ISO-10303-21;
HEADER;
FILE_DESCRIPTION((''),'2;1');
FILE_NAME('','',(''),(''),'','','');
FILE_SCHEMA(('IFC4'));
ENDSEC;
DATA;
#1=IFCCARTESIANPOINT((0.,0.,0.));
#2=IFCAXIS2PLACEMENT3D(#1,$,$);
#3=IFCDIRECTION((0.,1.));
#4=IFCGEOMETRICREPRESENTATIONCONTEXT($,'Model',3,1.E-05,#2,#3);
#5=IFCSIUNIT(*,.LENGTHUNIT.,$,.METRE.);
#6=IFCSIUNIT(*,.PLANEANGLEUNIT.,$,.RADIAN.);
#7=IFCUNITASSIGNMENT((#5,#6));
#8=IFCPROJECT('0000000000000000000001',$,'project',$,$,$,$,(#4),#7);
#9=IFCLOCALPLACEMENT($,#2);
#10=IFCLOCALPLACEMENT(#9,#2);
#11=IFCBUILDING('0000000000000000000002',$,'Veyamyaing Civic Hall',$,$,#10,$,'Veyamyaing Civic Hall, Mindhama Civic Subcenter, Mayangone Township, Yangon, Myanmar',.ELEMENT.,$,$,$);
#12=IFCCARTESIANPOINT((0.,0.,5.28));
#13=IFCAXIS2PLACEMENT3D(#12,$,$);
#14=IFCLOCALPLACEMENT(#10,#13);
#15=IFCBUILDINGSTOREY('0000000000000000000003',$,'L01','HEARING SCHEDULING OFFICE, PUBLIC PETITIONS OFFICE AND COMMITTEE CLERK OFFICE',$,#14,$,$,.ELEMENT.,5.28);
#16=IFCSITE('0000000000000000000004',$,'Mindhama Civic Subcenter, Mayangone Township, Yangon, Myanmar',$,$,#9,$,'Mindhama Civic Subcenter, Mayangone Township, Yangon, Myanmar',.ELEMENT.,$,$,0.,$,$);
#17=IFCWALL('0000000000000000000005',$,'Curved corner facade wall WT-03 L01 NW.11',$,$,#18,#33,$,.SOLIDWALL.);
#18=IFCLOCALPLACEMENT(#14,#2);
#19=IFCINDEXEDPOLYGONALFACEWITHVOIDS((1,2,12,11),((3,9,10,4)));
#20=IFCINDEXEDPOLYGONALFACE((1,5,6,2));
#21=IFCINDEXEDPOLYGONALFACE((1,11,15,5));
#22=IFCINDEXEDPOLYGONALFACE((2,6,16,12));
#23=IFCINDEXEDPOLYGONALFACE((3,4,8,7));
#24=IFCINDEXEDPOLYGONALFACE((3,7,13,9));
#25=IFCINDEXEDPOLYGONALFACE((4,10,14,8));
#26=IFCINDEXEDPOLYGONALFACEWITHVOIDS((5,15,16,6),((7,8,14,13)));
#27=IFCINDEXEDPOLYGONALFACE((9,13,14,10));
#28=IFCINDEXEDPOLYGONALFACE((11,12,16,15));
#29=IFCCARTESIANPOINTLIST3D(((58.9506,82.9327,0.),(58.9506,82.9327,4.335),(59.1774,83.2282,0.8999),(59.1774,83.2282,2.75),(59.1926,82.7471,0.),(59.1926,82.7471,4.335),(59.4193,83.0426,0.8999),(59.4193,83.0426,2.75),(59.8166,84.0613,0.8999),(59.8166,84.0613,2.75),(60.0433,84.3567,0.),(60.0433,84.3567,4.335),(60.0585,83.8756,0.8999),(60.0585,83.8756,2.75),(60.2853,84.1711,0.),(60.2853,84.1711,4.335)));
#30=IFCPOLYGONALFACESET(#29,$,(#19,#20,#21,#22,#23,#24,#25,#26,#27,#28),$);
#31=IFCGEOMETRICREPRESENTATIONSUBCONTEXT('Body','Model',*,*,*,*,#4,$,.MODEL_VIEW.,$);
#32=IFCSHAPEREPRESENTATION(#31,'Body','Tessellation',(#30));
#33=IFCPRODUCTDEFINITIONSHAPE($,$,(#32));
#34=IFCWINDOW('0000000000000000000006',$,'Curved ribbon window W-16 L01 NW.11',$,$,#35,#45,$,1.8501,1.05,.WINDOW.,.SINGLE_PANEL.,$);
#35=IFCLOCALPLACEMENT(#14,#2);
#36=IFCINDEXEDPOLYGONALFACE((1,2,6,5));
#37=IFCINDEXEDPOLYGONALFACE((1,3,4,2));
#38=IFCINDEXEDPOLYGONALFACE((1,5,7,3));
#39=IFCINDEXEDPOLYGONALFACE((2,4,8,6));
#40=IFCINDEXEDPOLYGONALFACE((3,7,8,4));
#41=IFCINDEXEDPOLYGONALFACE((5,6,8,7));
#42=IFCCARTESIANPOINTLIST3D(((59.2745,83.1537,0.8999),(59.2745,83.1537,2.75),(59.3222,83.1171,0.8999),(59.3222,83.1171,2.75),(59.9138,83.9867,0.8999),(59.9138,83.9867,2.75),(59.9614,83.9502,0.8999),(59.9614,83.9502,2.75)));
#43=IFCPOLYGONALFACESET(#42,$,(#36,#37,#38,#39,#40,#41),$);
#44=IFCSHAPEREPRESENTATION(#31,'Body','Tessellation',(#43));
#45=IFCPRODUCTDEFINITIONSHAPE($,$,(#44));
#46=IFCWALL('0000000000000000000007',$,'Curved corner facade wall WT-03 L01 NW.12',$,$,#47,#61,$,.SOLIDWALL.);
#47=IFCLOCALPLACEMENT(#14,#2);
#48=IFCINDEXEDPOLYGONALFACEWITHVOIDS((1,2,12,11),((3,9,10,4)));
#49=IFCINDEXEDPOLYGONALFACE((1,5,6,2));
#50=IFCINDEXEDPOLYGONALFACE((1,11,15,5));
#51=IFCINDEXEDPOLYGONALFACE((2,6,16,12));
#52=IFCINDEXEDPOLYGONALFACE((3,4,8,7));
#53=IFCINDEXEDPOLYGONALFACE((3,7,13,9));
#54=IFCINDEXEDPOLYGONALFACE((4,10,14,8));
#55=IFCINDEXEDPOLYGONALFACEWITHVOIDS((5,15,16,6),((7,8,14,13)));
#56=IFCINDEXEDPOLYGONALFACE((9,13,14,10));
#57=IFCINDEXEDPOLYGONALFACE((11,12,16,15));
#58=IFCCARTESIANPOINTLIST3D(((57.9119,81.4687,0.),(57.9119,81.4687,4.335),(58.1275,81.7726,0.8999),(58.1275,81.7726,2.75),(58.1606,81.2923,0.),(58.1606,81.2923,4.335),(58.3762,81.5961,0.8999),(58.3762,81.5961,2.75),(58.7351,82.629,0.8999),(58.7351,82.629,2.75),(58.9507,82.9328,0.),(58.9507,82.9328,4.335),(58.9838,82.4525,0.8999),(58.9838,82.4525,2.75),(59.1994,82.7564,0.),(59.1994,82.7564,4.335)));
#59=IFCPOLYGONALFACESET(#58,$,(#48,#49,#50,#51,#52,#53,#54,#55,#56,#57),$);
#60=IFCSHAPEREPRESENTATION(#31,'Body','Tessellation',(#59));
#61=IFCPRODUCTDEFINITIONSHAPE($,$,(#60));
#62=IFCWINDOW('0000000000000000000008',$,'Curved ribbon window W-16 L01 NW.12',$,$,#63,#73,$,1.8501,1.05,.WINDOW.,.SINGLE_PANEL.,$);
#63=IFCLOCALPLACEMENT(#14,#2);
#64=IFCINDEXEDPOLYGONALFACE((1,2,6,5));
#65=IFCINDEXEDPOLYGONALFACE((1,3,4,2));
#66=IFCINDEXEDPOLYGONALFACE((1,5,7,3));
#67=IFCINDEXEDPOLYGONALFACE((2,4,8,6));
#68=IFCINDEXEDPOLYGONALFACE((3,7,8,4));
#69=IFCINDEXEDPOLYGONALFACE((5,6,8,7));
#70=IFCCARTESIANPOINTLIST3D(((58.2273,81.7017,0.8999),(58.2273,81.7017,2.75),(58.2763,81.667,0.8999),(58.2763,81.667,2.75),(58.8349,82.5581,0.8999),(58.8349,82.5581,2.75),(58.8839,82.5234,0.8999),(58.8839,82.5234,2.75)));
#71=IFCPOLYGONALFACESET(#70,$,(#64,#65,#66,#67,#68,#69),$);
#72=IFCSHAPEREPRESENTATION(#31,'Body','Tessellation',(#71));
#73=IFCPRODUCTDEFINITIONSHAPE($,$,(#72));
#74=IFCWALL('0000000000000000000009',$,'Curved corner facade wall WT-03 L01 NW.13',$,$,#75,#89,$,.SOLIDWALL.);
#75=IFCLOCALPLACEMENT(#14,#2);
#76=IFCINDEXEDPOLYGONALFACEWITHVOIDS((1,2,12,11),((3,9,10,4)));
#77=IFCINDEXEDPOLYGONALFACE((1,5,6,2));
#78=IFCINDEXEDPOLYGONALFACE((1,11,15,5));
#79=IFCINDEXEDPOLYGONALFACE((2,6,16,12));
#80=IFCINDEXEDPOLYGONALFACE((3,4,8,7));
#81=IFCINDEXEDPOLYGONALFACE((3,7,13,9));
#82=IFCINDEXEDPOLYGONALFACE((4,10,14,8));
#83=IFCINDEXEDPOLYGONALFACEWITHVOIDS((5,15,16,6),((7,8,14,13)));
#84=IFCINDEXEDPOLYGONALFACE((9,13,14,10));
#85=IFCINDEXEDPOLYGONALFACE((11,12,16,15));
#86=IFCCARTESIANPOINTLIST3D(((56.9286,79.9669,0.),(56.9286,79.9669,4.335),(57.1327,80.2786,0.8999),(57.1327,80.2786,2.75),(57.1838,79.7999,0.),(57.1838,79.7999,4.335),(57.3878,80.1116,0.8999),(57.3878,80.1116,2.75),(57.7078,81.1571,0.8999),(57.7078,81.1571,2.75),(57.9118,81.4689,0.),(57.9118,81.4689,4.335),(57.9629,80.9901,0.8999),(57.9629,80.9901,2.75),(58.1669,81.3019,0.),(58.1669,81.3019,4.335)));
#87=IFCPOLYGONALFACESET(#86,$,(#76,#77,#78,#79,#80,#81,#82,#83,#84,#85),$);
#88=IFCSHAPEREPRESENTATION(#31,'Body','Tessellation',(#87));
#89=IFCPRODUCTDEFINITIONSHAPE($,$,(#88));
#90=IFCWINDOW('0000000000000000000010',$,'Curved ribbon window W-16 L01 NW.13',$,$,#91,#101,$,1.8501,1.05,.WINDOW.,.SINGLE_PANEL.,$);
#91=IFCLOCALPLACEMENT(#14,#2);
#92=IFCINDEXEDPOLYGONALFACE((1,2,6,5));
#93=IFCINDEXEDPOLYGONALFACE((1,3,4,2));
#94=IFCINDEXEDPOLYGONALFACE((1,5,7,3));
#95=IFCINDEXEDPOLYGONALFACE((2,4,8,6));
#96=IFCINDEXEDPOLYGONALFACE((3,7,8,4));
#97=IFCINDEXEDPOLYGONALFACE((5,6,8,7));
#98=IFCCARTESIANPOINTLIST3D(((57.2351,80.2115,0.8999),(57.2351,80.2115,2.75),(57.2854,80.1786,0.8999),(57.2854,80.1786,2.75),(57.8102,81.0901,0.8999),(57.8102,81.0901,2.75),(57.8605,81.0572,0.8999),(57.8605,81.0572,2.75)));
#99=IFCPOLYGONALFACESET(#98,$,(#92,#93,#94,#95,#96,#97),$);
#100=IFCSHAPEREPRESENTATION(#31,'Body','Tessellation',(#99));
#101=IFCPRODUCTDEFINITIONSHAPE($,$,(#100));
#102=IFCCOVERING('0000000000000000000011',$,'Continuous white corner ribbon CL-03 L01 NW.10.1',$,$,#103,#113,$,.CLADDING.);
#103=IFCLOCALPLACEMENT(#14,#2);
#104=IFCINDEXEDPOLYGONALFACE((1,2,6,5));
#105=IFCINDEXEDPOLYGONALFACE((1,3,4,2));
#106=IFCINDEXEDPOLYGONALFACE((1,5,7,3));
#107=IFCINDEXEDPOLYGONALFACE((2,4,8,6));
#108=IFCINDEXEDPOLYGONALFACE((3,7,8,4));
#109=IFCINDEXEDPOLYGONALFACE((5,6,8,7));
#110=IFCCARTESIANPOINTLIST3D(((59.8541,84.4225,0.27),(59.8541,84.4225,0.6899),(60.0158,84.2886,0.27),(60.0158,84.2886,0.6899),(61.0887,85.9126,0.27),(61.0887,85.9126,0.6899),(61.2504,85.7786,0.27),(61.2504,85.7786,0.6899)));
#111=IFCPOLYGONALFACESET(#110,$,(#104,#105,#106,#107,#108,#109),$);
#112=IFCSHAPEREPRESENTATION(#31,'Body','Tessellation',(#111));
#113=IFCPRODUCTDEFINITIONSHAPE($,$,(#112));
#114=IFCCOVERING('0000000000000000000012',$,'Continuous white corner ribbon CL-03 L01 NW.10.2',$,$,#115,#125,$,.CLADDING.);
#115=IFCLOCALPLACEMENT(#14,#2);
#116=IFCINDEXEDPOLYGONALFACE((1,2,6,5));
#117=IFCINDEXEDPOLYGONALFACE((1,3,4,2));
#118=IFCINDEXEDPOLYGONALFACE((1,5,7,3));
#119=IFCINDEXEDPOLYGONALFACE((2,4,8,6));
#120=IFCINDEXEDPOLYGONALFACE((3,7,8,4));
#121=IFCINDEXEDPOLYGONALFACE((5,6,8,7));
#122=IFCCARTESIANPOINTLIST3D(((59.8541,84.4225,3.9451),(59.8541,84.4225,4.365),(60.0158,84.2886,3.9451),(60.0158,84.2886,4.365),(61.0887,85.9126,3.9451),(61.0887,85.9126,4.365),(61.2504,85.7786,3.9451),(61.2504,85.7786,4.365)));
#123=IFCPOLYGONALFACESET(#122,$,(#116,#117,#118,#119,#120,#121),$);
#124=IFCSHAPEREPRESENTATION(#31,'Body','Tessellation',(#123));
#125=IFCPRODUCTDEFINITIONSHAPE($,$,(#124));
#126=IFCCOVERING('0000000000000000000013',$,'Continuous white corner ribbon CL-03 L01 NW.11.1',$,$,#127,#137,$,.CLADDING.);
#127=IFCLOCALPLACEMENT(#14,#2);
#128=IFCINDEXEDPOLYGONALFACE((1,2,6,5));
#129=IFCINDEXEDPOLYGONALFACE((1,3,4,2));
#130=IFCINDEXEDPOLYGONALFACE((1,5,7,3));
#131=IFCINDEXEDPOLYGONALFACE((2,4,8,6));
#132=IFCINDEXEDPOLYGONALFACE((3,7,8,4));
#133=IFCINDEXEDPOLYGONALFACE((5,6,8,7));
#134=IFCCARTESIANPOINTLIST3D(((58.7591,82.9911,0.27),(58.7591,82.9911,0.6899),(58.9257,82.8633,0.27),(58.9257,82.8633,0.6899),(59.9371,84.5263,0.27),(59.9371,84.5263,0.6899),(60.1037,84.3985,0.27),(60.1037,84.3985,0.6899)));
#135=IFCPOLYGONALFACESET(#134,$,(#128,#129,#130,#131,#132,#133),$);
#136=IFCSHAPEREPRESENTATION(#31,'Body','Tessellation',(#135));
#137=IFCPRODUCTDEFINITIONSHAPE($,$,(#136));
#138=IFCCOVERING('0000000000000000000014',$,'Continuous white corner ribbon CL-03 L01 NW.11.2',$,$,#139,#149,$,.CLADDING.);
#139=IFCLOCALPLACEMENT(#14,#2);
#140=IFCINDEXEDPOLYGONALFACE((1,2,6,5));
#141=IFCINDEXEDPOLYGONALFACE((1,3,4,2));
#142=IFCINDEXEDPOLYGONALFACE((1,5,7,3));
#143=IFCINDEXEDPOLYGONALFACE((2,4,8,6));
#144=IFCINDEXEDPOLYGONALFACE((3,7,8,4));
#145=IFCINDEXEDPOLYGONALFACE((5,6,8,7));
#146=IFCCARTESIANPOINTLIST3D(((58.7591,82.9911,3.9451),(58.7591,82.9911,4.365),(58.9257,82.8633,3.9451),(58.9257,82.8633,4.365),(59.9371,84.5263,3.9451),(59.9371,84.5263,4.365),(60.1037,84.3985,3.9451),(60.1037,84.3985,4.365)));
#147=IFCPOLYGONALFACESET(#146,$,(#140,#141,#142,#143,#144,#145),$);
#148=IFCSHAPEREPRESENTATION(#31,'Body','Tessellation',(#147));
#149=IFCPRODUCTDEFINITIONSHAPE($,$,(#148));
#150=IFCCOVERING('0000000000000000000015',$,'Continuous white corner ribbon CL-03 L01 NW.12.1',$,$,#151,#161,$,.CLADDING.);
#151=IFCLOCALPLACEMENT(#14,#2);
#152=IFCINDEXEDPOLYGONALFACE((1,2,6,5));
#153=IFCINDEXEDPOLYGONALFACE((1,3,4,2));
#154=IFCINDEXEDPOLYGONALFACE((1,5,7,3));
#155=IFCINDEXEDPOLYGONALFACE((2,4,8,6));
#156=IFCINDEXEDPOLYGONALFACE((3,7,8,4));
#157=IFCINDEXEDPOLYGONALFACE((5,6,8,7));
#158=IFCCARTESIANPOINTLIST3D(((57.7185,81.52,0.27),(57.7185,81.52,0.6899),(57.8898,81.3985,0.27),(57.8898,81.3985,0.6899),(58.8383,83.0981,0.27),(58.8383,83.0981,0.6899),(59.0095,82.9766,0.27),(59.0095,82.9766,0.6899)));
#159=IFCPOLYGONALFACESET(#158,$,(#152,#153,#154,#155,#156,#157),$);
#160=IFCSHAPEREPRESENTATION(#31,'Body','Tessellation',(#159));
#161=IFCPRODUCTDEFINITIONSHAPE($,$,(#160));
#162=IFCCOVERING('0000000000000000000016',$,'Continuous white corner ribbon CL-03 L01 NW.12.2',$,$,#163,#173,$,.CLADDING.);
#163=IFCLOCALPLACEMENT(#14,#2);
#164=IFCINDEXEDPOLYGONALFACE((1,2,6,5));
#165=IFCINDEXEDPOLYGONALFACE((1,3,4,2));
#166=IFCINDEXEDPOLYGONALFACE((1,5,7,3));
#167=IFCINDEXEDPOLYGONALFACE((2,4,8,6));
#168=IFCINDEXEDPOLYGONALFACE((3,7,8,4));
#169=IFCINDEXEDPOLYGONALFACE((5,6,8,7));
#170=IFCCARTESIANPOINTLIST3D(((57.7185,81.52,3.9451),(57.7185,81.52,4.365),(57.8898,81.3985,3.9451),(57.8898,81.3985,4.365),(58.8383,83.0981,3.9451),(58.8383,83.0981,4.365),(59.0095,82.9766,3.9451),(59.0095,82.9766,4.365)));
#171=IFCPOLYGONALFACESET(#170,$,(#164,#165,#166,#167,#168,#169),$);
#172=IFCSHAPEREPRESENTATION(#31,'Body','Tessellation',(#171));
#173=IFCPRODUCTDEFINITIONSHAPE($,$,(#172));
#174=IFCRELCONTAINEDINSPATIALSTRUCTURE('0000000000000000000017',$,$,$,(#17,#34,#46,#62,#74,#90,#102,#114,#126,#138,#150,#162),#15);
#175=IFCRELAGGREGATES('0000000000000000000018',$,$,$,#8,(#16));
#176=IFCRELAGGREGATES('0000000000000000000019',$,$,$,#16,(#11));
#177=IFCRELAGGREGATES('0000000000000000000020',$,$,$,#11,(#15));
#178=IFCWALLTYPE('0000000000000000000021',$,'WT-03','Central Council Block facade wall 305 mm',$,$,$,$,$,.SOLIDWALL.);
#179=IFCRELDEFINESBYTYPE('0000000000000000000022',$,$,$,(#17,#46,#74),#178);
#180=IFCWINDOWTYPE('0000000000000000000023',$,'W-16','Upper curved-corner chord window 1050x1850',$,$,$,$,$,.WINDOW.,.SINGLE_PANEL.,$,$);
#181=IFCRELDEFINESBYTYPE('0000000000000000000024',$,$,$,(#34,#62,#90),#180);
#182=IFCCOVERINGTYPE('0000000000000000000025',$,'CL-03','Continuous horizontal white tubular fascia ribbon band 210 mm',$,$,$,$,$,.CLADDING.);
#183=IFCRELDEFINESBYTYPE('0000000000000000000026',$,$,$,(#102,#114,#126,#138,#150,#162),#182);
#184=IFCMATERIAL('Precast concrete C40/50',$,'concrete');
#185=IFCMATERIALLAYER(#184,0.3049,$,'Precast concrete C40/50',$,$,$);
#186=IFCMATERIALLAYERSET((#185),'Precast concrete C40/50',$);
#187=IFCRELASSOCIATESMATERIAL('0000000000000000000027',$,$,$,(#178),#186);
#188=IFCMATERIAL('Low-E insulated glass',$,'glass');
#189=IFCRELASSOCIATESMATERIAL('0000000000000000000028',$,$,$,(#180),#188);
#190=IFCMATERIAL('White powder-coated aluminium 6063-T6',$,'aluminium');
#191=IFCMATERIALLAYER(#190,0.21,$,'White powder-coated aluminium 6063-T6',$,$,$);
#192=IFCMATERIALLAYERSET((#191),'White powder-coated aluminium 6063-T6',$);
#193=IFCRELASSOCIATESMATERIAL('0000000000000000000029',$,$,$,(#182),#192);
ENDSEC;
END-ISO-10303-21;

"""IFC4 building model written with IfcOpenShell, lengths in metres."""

from ifc_helpers import new_model, si_unit, direction, frame, frame_2d, origin, origin_2d, place, context, subcontext, project, spatial, rectangle, extrude, material, layer, layer_set, type_object, element, fill, save


model = new_model("IFC4")

# Units and contexts
model_context = context("Model", 3, precision=1e-05, world=origin(), true_north=direction((0.0, 1.0)))
body_context = subcontext(model_context, "Body", "Model", "MODEL_VIEW")
ifc_project = project(units=[si_unit("LENGTHUNIT", "METRE"), si_unit("PLANEANGLEUNIT", "RADIAN")], contexts=[model_context])

# Site, building, storey
site_placement = place(None, origin())
site = spatial("IfcSite", under=ifc_project, at=site_placement, Name="Mindhama Civic Subcenter, Mayangone Township, Yangon, Myanmar", LongName="Mindhama Civic Subcenter, Mayangone Township, Yangon, Myanmar", CompositionType="ELEMENT", RefElevation=0.0)
building_placement = place(site_placement, origin())
building = spatial("IfcBuilding", under=site, at=building_placement, Name="Veyamyaing Civic Hall", LongName="Veyamyaing Civic Hall, Mindhama Civic Subcenter, Mayangone Township, Yangon, Myanmar", CompositionType="ELEMENT")
storey_placement = place(building_placement, frame((0.0, 0.0, 5.28)))
storey = spatial("IfcBuildingStorey", under=building, at=storey_placement, Name="L01", Description="HEARING SCHEDULING OFFICE, PUBLIC PETITIONS OFFICE AND COMMITTEE CLERK OFFICE", CompositionType="ELEMENT", Elevation=5.28)

# Walls, openings, windows
ifc_material_1 = material(Name="Precast concrete C40/50", Category="concrete")
ifc_layer_1 = layer(ifc_material_1, 0.3049, Name="Precast concrete C40/50")
ifc_layer_set_1 = layer_set([ifc_layer_1], Name="Precast concrete C40/50")
wall_type = type_object("IfcWallType", Name="WT-03", Description="Central Council Block facade wall 305 mm", PredefinedType="SOLIDWALL", material=ifc_layer_set_1)
wall_1_placement = place(storey_placement, frame((60.1643, 84.2639, 0.0), z_axis=(0.0, 0.0, 1.0), x_axis=(-0.608777, -0.793341, 0.0)))
wall_1 = element("IfcWall", 1, at=wall_1_placement, inside=storey, type_object=wall_type, Name="Curved corner facade wall WT-03 L01 NW.11", PredefinedType="SOLIDWALL", context=body_context, shape_type="SweptSolid", body=[
    extrude(rectangle(XDim=1.7949, YDim=0.3049, at=frame_2d((0.8975, 0.0))), origin(), (0.0, 0.0, 1.0), 4.335),
])
opening_1_placement = place(wall_1_placement, frame((0.3726, 0.0, 0.8999)))
opening_1 = element("IfcOpeningElement", 2, at=opening_1_placement, cuts=wall_1, PredefinedType="OPENING", context=body_context, shape_type="SweptSolid", body=[
    extrude(rectangle(XDim=1.05, YDim=1.8501, at=frame_2d((0.5249, 0.925))), frame((0.0, 0.1624, 0.0), z_axis=(0.0, -1.0, 0.0), x_axis=(1.0, 0.0, 0.0)), (0.0, 0.0, 1.0), 0.325),
])
ifc_material_2 = material(Name="Low-E insulated glass", Category="glass")
window_type = type_object("IfcWindowType", Name="W-16", Description="Upper curved-corner chord window 1050x1850", PartitioningType="SINGLE_PANEL", PredefinedType="WINDOW", material=ifc_material_2)
window_1_placement = place(opening_1_placement, origin())
window_1 = element("IfcWindow", 3, at=window_1_placement, inside=storey, type_object=window_type, Name="Curved ribbon window W-16 L01 NW.11", OverallHeight=1.8501, OverallWidth=1.05, PartitioningType="SINGLE_PANEL", PredefinedType="WINDOW", context=body_context, shape_type="SweptSolid", body=[
    extrude(rectangle(XDim=1.05, YDim=1.8501, at=frame_2d((0.5249, 0.925))), frame((0.0, 0.03, 0.0), z_axis=(0.0, -1.0, 0.0), x_axis=(1.0, 0.0, 0.0)), (0.0, 0.0, 1.0), 0.0601),
])
fill(opening_1, window_1)
wall_2_placement = place(storey_placement, frame((59.075, 82.8445, 0.0), z_axis=(0.0, 0.0, 1.0), x_axis=(-0.578662, -0.815567, 0.0)))
wall_2 = element("IfcWall", 4, at=wall_2_placement, inside=storey, type_object=wall_type, Name="Curved corner facade wall WT-03 L01 NW.12", PredefinedType="SOLIDWALL", context=body_context, shape_type="SweptSolid", body=[
    extrude(rectangle(XDim=1.7952, YDim=0.3049, at=frame_2d((0.8975, 0.0))), origin(), (0.0, 0.0, 1.0), 4.335),
])
opening_2_placement = place(wall_2_placement, frame((0.3726, 0.0, 0.8999)))
opening_2 = element("IfcOpeningElement", 5, at=opening_2_placement, cuts=wall_2, PredefinedType="OPENING", context=body_context, shape_type="SweptSolid", body=[
    extrude(rectangle(XDim=1.05, YDim=1.8501, at=frame_2d((0.5249, 0.925))), frame((0.0, 0.1624, 0.0), z_axis=(0.0, -1.0, 0.0), x_axis=(1.0, 0.0, 0.0)), (0.0, 0.0, 1.0), 0.325),
])
window_2_placement = place(opening_2_placement, origin())
window_2 = element("IfcWindow", 6, at=window_2_placement, inside=storey, type_object=window_type, Name="Curved ribbon window W-16 L01 NW.12", OverallHeight=1.8501, OverallWidth=1.05, PartitioningType="SINGLE_PANEL", PredefinedType="WINDOW", context=body_context, shape_type="SweptSolid", body=[
    extrude(rectangle(XDim=1.05, YDim=1.8501, at=frame_2d((0.5249, 0.925))), frame((0.0, 0.03, 0.0), z_axis=(0.0, -1.0, 0.0), x_axis=(1.0, 0.0, 0.0)), (0.0, 0.0, 1.0), 0.0601),
])
fill(opening_2, window_2)
wall_3_placement = place(storey_placement, frame((58.0393, 81.3853, 0.0), z_axis=(0.0, 0.0, 1.0), x_axis=(-0.547682, -0.836687, 0.0)))
wall_3 = element("IfcWall", 7, at=wall_3_placement, inside=storey, type_object=wall_type, Name="Curved corner facade wall WT-03 L01 NW.13", PredefinedType="SOLIDWALL", context=body_context, shape_type="SweptSolid", body=[
    extrude(rectangle(XDim=1.7952, YDim=0.3049, at=frame_2d((0.8975, 0.0))), origin(), (0.0, 0.0, 1.0), 4.335),
])
opening_3_placement = place(wall_3_placement, frame((0.3726, 0.0, 0.8999)))
opening_3 = element("IfcOpeningElement", 8, at=opening_3_placement, cuts=wall_3, PredefinedType="OPENING", context=body_context, shape_type="SweptSolid", body=[
    extrude(rectangle(XDim=1.05, YDim=1.8501, at=frame_2d((0.5249, 0.925))), frame((0.0, 0.1624, 0.0), z_axis=(0.0, -1.0, 0.0), x_axis=(1.0, 0.0, 0.0)), (0.0, 0.0, 1.0), 0.325),
])
window_3_placement = place(opening_3_placement, origin())
window_3 = element("IfcWindow", 9, at=window_3_placement, inside=storey, type_object=window_type, Name="Curved ribbon window W-16 L01 NW.13", OverallHeight=1.8501, OverallWidth=1.05, PartitioningType="SINGLE_PANEL", PredefinedType="WINDOW", context=body_context, shape_type="SweptSolid", body=[
    extrude(rectangle(XDim=1.05, YDim=1.8501, at=frame_2d((0.5249, 0.925))), frame((0.0, 0.03, 0.0), z_axis=(0.0, -1.0, 0.0), x_axis=(1.0, 0.0, 0.0)), (0.0, 0.0, 1.0), 0.0601),
])
fill(opening_3, window_3)

# Coverings
ifc_material_3 = material(Name="White powder-coated aluminium 6063-T6", Category="aluminium")
ifc_layer_2 = layer(ifc_material_3, 0.21, Name="White powder-coated aluminium 6063-T6")
ifc_layer_set_2 = layer_set([ifc_layer_2], Name="White powder-coated aluminium 6063-T6")
covering_type = type_object("IfcCoveringType", Name="CL-03", Description="Continuous horizontal white tubular fascia ribbon band 210 mm", PredefinedType="CLADDING", material=ifc_layer_set_2)
for number, where, z_axis, x_axis, name in (
    (10, (60.5522, 85.1006, 0.27), (0.0, 0.0, 1.0), (-0.638, -0.770036, 0.0), "Continuous white corner ribbon CL-03 L01 NW.10.1"),
    (11, (60.5522, 85.1006, 3.9451), (0.0, 0.0, 1.0), (-0.638, -0.770036, 0.0), "Continuous white corner ribbon CL-03 L01 NW.10.2"),
    (12, (59.4314, 83.6948, 0.27), (0.0, 0.0, 1.0), (-0.608761, -0.793353, 0.0), "Continuous white corner ribbon CL-03 L01 NW.11.1"),
    (13, (59.4314, 83.6948, 3.9451), (0.0, 0.0, 1.0), (-0.608761, -0.793353, 0.0), "Continuous white corner ribbon CL-03 L01 NW.11.2"),
    (14, (58.364, 82.2483, 0.27), (0.0, 0.0, 1.0), (-0.578671, -0.815561, 0.0), "Continuous white corner ribbon CL-03 L01 NW.12.1"),
    (15, (58.364, 82.2483, 3.9451), (0.0, 0.0, 1.0), (-0.578671, -0.815561, 0.0), "Continuous white corner ribbon CL-03 L01 NW.12.2"),
):
    element("IfcCovering", number, at=place(storey_placement, frame(where, z_axis=z_axis, x_axis=x_axis)), inside=storey, type_object=covering_type, Name=name, PredefinedType="CLADDING", context=body_context, shape_type="SweptSolid", body=[
        extrude(rectangle(XDim=1.9351, YDim=0.21, at=origin_2d()), origin(), (0.0, 0.0, 1.0), 0.4199),
    ])

save(model, "model.ifc")
